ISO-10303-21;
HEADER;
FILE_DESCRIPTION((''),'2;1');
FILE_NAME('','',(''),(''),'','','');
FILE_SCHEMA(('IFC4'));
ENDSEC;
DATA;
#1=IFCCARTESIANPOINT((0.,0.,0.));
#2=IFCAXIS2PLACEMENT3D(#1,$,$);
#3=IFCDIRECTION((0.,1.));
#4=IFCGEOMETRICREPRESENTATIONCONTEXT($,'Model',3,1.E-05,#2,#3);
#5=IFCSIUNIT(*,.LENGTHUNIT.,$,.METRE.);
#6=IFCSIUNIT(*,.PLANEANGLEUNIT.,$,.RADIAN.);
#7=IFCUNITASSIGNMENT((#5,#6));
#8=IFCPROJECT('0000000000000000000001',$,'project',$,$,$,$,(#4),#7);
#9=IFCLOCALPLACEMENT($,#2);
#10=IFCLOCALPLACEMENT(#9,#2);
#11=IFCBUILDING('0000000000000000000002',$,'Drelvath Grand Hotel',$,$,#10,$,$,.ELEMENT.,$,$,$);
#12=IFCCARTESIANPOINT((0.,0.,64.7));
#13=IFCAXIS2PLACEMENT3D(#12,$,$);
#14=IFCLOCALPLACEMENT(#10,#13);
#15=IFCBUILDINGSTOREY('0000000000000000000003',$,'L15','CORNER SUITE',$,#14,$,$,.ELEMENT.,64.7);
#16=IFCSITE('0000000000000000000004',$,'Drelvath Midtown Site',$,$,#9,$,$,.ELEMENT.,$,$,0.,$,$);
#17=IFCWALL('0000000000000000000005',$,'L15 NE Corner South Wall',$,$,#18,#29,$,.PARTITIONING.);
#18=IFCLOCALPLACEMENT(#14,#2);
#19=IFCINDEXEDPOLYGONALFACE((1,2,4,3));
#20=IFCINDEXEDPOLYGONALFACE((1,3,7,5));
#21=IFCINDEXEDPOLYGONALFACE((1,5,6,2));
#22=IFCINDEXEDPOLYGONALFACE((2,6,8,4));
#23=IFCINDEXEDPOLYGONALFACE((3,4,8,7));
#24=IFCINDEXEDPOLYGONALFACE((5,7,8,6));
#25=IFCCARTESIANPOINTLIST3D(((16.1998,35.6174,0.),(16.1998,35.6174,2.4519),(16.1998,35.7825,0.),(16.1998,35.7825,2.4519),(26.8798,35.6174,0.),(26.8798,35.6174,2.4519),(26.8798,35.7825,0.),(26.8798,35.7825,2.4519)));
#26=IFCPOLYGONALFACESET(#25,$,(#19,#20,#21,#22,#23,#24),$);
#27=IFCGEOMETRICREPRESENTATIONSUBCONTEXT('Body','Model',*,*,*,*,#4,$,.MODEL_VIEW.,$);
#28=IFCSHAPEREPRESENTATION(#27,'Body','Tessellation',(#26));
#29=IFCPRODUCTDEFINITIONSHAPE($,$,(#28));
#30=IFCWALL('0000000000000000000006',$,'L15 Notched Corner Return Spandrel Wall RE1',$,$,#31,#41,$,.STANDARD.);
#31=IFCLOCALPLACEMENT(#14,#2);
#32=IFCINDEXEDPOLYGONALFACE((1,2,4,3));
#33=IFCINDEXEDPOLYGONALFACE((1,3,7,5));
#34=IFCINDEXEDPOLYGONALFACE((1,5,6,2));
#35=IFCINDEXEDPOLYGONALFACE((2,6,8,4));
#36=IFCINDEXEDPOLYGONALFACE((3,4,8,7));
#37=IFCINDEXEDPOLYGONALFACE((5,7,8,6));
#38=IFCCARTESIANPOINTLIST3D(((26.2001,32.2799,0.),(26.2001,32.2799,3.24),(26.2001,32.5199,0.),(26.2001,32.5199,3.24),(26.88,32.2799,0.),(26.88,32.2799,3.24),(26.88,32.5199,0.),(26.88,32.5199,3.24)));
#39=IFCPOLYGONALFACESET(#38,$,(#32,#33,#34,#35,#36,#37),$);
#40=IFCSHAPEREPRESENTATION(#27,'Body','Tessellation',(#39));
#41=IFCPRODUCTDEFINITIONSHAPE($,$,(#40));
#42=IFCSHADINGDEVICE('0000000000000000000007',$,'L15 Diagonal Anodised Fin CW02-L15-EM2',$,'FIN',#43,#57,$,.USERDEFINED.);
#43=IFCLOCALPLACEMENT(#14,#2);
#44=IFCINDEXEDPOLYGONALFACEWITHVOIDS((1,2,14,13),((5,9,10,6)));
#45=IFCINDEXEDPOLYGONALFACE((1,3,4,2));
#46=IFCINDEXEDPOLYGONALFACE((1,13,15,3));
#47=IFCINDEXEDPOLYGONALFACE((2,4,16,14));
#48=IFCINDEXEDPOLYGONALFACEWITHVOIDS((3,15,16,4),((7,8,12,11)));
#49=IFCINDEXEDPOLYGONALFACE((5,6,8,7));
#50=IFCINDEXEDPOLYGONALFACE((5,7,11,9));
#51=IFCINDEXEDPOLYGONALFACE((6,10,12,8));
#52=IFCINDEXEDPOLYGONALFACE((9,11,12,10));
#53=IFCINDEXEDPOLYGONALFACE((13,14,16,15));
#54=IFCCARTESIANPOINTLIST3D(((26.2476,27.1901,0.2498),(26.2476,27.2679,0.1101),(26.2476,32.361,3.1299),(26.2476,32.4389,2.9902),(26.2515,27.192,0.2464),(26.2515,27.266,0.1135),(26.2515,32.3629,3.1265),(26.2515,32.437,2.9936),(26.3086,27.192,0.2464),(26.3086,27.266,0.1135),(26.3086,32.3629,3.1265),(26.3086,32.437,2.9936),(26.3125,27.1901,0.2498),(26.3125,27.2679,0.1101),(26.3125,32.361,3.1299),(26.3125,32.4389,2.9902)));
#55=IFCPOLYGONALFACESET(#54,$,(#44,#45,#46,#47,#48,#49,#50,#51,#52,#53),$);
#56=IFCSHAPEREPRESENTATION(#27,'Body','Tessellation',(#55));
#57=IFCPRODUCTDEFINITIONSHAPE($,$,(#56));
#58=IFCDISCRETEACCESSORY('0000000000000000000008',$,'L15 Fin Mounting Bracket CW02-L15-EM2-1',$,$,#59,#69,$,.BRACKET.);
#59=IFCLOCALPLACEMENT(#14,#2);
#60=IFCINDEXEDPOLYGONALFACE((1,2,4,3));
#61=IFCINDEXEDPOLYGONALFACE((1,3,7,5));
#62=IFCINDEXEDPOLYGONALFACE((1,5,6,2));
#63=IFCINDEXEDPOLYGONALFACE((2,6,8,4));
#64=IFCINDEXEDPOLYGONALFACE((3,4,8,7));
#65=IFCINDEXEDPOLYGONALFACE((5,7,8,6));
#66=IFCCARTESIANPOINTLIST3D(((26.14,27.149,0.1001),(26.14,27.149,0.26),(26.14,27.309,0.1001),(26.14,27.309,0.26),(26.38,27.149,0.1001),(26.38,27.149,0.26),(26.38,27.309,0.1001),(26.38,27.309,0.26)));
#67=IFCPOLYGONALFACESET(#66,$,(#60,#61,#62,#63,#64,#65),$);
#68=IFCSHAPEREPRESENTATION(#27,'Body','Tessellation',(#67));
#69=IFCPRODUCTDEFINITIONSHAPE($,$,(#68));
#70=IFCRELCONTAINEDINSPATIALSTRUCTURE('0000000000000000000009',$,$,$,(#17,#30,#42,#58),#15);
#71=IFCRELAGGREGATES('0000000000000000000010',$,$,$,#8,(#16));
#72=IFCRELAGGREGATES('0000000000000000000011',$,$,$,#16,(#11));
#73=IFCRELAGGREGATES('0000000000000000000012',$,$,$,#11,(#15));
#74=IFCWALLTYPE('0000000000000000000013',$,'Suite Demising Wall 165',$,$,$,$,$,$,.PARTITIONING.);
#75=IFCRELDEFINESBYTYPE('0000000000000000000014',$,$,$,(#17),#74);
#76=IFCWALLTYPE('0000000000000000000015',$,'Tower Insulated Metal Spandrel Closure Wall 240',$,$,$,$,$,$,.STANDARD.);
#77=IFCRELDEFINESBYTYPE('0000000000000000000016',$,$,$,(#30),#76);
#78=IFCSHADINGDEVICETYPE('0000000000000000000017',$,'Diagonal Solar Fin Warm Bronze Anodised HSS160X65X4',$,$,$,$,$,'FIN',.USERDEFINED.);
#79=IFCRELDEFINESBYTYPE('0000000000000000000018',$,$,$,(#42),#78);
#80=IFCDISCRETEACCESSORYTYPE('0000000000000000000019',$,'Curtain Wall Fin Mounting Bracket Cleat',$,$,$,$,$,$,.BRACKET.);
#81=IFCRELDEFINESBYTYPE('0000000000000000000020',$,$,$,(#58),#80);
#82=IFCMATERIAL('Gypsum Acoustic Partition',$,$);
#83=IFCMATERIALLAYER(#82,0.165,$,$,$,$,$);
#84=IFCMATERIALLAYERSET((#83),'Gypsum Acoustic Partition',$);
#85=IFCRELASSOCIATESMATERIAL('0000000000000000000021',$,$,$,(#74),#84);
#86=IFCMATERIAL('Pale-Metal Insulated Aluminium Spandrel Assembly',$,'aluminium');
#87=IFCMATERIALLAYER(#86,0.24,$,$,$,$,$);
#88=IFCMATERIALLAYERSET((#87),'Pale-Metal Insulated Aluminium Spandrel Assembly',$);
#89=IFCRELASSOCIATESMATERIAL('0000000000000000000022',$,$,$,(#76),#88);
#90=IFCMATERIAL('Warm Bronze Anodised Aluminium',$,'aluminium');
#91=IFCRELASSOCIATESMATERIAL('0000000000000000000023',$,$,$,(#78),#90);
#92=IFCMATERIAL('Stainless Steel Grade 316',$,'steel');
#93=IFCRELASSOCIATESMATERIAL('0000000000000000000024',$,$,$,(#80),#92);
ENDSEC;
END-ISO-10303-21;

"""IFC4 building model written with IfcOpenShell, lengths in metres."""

from ifc_helpers import new_model, si_unit, direction, frame, frame_2d, origin, origin_2d, place, context, subcontext, project, spatial, rectangle, hollow_rectangle, extrude, material, layer, layer_set, material_profile, profile_set, type_object, element, save


model = new_model("IFC4")

# Units and contexts
model_context = context("Model", 3, precision=1e-05, world=origin(), true_north=direction((0.0, 1.0)))
body_context = subcontext(model_context, "Body", "Model", "MODEL_VIEW")
ifc_project = project(units=[si_unit("LENGTHUNIT", "METRE"), si_unit("PLANEANGLEUNIT", "RADIAN")], contexts=[model_context])

# Site, building, storey
site_placement = place(None, origin())
site = spatial("IfcSite", under=ifc_project, at=site_placement, Name="Drelvath Midtown Site", CompositionType="ELEMENT", RefElevation=0.0)
building_placement = place(site_placement, origin())
building = spatial("IfcBuilding", under=site, at=building_placement, Name="Drelvath Grand Hotel", CompositionType="ELEMENT")
storey_placement = place(building_placement, frame((0.0, 0.0, 64.7)))
storey = spatial("IfcBuildingStorey", under=building, at=storey_placement, Name="L15", Description="CORNER SUITE", CompositionType="ELEMENT", Elevation=64.7)

# Walls
ifc_material_1 = material(Name="Gypsum Acoustic Partition")
ifc_layer_1 = layer(ifc_material_1, 0.165)
ifc_layer_set_1 = layer_set([ifc_layer_1], Name="Gypsum Acoustic Partition")
wall_type_1 = type_object("IfcWallType", Name="Suite Demising Wall 165", PredefinedType="PARTITIONING", material=ifc_layer_set_1)
wall_1_placement = place(storey_placement, frame((16.2, 35.7, 0.0), z_axis=(0.0, 0.0, 1.0), x_axis=(1.0, 0.0, 0.0)))
element("IfcWall", 1, at=wall_1_placement, inside=storey, type_object=wall_type_1, Name="L15 NE Corner South Wall", PredefinedType="PARTITIONING", context=body_context, shape_type="SweptSolid", body=[
    extrude(rectangle(XDim=10.6799, YDim=0.165, at=frame_2d((5.3398, 0.0))), origin(), (0.0, 0.0, 1.0), 2.4519),
])
ifc_material_2 = material(Name="Pale-Metal Insulated Aluminium Spandrel Assembly", Category="aluminium")
ifc_layer_2 = layer(ifc_material_2, 0.24)
ifc_layer_set_2 = layer_set([ifc_layer_2], Name="Pale-Metal Insulated Aluminium Spandrel Assembly")
wall_type_2 = type_object("IfcWallType", Name="Tower Insulated Metal Spandrel Closure Wall 240", PredefinedType="STANDARD", material=ifc_layer_set_2)
wall_2_placement = place(storey_placement, frame((26.8799, 32.3999, 0.0), z_axis=(0.0, 0.0, 1.0), x_axis=(-1.0, 0.0, 0.0)))
element("IfcWall", 2, at=wall_2_placement, inside=storey, type_object=wall_type_2, Name="L15 Notched Corner Return Spandrel Wall RE1", PredefinedType="STANDARD", context=body_context, shape_type="SweptSolid", body=[
    extrude(rectangle(XDim=0.6799, YDim=0.24, at=frame_2d((0.3398, 0.0))), origin(), (0.0, 0.0, 1.0), 3.24),
])

# Shading device
ifc_material_3 = material(Name="Warm Bronze Anodised Aluminium", Category="aluminium")
ifc_material_profile_1 = material_profile(ifc_material_3, hollow_rectangle(XDim=0.0649, YDim=0.1599, WallThickness=0.0039, at=origin_2d()), Name="HSS160X65X4")
ifc_profile_set_1 = profile_set([ifc_material_profile_1], Name="Warm Bronze Anodised Aluminium")
shading_device_type = type_object("IfcShadingDeviceType", Name="Diagonal Solar Fin Warm Bronze Anodised HSS160X65X4", ElementType="FIN", PredefinedType="USERDEFINED", material=ifc_profile_set_1)
shading_device_placement = place(storey_placement, frame((26.28, 27.229, 0.1799), z_axis=(0.0, 0.873626, 0.486599), x_axis=(-1.0, 0.0, 0.0)))
element("IfcShadingDevice", 3, at=shading_device_placement, inside=storey, type_object=shading_device_type, Name="L15 Diagonal Anodised Fin CW02-L15-EM2", ObjectType="FIN", PredefinedType="USERDEFINED", context=body_context, shape_type="SweptSolid", body=[
    extrude(hollow_rectangle(XDim=0.0649, YDim=0.1599, WallThickness=0.0039, at=origin_2d()), origin(), (0.0, 0.0, 1.0), 5.9189),
])

# Discrete accessory
ifc_material_4 = material(Name="Stainless Steel Grade 316", Category="steel")
discrete_accessory_type = type_object("IfcDiscreteAccessoryType", Name="Curtain Wall Fin Mounting Bracket Cleat", PredefinedType="BRACKET", material=ifc_material_4)
discrete_accessory_placement = place(storey_placement, frame((26.26, 27.229, 0.1001), z_axis=(0.0, 0.0, 1.0), x_axis=(0.0, -1.0, 0.0)))
element("IfcDiscreteAccessory", 4, at=discrete_accessory_placement, inside=storey, type_object=discrete_accessory_type, Name="L15 Fin Mounting Bracket CW02-L15-EM2-1", PredefinedType="BRACKET", context=body_context, shape_type="SweptSolid", body=[
    extrude(rectangle(XDim=0.1599, YDim=0.24, at=origin_2d()), origin(), (0.0, 0.0, 1.0), 0.1599),
])

save(model, "model.ifc")
